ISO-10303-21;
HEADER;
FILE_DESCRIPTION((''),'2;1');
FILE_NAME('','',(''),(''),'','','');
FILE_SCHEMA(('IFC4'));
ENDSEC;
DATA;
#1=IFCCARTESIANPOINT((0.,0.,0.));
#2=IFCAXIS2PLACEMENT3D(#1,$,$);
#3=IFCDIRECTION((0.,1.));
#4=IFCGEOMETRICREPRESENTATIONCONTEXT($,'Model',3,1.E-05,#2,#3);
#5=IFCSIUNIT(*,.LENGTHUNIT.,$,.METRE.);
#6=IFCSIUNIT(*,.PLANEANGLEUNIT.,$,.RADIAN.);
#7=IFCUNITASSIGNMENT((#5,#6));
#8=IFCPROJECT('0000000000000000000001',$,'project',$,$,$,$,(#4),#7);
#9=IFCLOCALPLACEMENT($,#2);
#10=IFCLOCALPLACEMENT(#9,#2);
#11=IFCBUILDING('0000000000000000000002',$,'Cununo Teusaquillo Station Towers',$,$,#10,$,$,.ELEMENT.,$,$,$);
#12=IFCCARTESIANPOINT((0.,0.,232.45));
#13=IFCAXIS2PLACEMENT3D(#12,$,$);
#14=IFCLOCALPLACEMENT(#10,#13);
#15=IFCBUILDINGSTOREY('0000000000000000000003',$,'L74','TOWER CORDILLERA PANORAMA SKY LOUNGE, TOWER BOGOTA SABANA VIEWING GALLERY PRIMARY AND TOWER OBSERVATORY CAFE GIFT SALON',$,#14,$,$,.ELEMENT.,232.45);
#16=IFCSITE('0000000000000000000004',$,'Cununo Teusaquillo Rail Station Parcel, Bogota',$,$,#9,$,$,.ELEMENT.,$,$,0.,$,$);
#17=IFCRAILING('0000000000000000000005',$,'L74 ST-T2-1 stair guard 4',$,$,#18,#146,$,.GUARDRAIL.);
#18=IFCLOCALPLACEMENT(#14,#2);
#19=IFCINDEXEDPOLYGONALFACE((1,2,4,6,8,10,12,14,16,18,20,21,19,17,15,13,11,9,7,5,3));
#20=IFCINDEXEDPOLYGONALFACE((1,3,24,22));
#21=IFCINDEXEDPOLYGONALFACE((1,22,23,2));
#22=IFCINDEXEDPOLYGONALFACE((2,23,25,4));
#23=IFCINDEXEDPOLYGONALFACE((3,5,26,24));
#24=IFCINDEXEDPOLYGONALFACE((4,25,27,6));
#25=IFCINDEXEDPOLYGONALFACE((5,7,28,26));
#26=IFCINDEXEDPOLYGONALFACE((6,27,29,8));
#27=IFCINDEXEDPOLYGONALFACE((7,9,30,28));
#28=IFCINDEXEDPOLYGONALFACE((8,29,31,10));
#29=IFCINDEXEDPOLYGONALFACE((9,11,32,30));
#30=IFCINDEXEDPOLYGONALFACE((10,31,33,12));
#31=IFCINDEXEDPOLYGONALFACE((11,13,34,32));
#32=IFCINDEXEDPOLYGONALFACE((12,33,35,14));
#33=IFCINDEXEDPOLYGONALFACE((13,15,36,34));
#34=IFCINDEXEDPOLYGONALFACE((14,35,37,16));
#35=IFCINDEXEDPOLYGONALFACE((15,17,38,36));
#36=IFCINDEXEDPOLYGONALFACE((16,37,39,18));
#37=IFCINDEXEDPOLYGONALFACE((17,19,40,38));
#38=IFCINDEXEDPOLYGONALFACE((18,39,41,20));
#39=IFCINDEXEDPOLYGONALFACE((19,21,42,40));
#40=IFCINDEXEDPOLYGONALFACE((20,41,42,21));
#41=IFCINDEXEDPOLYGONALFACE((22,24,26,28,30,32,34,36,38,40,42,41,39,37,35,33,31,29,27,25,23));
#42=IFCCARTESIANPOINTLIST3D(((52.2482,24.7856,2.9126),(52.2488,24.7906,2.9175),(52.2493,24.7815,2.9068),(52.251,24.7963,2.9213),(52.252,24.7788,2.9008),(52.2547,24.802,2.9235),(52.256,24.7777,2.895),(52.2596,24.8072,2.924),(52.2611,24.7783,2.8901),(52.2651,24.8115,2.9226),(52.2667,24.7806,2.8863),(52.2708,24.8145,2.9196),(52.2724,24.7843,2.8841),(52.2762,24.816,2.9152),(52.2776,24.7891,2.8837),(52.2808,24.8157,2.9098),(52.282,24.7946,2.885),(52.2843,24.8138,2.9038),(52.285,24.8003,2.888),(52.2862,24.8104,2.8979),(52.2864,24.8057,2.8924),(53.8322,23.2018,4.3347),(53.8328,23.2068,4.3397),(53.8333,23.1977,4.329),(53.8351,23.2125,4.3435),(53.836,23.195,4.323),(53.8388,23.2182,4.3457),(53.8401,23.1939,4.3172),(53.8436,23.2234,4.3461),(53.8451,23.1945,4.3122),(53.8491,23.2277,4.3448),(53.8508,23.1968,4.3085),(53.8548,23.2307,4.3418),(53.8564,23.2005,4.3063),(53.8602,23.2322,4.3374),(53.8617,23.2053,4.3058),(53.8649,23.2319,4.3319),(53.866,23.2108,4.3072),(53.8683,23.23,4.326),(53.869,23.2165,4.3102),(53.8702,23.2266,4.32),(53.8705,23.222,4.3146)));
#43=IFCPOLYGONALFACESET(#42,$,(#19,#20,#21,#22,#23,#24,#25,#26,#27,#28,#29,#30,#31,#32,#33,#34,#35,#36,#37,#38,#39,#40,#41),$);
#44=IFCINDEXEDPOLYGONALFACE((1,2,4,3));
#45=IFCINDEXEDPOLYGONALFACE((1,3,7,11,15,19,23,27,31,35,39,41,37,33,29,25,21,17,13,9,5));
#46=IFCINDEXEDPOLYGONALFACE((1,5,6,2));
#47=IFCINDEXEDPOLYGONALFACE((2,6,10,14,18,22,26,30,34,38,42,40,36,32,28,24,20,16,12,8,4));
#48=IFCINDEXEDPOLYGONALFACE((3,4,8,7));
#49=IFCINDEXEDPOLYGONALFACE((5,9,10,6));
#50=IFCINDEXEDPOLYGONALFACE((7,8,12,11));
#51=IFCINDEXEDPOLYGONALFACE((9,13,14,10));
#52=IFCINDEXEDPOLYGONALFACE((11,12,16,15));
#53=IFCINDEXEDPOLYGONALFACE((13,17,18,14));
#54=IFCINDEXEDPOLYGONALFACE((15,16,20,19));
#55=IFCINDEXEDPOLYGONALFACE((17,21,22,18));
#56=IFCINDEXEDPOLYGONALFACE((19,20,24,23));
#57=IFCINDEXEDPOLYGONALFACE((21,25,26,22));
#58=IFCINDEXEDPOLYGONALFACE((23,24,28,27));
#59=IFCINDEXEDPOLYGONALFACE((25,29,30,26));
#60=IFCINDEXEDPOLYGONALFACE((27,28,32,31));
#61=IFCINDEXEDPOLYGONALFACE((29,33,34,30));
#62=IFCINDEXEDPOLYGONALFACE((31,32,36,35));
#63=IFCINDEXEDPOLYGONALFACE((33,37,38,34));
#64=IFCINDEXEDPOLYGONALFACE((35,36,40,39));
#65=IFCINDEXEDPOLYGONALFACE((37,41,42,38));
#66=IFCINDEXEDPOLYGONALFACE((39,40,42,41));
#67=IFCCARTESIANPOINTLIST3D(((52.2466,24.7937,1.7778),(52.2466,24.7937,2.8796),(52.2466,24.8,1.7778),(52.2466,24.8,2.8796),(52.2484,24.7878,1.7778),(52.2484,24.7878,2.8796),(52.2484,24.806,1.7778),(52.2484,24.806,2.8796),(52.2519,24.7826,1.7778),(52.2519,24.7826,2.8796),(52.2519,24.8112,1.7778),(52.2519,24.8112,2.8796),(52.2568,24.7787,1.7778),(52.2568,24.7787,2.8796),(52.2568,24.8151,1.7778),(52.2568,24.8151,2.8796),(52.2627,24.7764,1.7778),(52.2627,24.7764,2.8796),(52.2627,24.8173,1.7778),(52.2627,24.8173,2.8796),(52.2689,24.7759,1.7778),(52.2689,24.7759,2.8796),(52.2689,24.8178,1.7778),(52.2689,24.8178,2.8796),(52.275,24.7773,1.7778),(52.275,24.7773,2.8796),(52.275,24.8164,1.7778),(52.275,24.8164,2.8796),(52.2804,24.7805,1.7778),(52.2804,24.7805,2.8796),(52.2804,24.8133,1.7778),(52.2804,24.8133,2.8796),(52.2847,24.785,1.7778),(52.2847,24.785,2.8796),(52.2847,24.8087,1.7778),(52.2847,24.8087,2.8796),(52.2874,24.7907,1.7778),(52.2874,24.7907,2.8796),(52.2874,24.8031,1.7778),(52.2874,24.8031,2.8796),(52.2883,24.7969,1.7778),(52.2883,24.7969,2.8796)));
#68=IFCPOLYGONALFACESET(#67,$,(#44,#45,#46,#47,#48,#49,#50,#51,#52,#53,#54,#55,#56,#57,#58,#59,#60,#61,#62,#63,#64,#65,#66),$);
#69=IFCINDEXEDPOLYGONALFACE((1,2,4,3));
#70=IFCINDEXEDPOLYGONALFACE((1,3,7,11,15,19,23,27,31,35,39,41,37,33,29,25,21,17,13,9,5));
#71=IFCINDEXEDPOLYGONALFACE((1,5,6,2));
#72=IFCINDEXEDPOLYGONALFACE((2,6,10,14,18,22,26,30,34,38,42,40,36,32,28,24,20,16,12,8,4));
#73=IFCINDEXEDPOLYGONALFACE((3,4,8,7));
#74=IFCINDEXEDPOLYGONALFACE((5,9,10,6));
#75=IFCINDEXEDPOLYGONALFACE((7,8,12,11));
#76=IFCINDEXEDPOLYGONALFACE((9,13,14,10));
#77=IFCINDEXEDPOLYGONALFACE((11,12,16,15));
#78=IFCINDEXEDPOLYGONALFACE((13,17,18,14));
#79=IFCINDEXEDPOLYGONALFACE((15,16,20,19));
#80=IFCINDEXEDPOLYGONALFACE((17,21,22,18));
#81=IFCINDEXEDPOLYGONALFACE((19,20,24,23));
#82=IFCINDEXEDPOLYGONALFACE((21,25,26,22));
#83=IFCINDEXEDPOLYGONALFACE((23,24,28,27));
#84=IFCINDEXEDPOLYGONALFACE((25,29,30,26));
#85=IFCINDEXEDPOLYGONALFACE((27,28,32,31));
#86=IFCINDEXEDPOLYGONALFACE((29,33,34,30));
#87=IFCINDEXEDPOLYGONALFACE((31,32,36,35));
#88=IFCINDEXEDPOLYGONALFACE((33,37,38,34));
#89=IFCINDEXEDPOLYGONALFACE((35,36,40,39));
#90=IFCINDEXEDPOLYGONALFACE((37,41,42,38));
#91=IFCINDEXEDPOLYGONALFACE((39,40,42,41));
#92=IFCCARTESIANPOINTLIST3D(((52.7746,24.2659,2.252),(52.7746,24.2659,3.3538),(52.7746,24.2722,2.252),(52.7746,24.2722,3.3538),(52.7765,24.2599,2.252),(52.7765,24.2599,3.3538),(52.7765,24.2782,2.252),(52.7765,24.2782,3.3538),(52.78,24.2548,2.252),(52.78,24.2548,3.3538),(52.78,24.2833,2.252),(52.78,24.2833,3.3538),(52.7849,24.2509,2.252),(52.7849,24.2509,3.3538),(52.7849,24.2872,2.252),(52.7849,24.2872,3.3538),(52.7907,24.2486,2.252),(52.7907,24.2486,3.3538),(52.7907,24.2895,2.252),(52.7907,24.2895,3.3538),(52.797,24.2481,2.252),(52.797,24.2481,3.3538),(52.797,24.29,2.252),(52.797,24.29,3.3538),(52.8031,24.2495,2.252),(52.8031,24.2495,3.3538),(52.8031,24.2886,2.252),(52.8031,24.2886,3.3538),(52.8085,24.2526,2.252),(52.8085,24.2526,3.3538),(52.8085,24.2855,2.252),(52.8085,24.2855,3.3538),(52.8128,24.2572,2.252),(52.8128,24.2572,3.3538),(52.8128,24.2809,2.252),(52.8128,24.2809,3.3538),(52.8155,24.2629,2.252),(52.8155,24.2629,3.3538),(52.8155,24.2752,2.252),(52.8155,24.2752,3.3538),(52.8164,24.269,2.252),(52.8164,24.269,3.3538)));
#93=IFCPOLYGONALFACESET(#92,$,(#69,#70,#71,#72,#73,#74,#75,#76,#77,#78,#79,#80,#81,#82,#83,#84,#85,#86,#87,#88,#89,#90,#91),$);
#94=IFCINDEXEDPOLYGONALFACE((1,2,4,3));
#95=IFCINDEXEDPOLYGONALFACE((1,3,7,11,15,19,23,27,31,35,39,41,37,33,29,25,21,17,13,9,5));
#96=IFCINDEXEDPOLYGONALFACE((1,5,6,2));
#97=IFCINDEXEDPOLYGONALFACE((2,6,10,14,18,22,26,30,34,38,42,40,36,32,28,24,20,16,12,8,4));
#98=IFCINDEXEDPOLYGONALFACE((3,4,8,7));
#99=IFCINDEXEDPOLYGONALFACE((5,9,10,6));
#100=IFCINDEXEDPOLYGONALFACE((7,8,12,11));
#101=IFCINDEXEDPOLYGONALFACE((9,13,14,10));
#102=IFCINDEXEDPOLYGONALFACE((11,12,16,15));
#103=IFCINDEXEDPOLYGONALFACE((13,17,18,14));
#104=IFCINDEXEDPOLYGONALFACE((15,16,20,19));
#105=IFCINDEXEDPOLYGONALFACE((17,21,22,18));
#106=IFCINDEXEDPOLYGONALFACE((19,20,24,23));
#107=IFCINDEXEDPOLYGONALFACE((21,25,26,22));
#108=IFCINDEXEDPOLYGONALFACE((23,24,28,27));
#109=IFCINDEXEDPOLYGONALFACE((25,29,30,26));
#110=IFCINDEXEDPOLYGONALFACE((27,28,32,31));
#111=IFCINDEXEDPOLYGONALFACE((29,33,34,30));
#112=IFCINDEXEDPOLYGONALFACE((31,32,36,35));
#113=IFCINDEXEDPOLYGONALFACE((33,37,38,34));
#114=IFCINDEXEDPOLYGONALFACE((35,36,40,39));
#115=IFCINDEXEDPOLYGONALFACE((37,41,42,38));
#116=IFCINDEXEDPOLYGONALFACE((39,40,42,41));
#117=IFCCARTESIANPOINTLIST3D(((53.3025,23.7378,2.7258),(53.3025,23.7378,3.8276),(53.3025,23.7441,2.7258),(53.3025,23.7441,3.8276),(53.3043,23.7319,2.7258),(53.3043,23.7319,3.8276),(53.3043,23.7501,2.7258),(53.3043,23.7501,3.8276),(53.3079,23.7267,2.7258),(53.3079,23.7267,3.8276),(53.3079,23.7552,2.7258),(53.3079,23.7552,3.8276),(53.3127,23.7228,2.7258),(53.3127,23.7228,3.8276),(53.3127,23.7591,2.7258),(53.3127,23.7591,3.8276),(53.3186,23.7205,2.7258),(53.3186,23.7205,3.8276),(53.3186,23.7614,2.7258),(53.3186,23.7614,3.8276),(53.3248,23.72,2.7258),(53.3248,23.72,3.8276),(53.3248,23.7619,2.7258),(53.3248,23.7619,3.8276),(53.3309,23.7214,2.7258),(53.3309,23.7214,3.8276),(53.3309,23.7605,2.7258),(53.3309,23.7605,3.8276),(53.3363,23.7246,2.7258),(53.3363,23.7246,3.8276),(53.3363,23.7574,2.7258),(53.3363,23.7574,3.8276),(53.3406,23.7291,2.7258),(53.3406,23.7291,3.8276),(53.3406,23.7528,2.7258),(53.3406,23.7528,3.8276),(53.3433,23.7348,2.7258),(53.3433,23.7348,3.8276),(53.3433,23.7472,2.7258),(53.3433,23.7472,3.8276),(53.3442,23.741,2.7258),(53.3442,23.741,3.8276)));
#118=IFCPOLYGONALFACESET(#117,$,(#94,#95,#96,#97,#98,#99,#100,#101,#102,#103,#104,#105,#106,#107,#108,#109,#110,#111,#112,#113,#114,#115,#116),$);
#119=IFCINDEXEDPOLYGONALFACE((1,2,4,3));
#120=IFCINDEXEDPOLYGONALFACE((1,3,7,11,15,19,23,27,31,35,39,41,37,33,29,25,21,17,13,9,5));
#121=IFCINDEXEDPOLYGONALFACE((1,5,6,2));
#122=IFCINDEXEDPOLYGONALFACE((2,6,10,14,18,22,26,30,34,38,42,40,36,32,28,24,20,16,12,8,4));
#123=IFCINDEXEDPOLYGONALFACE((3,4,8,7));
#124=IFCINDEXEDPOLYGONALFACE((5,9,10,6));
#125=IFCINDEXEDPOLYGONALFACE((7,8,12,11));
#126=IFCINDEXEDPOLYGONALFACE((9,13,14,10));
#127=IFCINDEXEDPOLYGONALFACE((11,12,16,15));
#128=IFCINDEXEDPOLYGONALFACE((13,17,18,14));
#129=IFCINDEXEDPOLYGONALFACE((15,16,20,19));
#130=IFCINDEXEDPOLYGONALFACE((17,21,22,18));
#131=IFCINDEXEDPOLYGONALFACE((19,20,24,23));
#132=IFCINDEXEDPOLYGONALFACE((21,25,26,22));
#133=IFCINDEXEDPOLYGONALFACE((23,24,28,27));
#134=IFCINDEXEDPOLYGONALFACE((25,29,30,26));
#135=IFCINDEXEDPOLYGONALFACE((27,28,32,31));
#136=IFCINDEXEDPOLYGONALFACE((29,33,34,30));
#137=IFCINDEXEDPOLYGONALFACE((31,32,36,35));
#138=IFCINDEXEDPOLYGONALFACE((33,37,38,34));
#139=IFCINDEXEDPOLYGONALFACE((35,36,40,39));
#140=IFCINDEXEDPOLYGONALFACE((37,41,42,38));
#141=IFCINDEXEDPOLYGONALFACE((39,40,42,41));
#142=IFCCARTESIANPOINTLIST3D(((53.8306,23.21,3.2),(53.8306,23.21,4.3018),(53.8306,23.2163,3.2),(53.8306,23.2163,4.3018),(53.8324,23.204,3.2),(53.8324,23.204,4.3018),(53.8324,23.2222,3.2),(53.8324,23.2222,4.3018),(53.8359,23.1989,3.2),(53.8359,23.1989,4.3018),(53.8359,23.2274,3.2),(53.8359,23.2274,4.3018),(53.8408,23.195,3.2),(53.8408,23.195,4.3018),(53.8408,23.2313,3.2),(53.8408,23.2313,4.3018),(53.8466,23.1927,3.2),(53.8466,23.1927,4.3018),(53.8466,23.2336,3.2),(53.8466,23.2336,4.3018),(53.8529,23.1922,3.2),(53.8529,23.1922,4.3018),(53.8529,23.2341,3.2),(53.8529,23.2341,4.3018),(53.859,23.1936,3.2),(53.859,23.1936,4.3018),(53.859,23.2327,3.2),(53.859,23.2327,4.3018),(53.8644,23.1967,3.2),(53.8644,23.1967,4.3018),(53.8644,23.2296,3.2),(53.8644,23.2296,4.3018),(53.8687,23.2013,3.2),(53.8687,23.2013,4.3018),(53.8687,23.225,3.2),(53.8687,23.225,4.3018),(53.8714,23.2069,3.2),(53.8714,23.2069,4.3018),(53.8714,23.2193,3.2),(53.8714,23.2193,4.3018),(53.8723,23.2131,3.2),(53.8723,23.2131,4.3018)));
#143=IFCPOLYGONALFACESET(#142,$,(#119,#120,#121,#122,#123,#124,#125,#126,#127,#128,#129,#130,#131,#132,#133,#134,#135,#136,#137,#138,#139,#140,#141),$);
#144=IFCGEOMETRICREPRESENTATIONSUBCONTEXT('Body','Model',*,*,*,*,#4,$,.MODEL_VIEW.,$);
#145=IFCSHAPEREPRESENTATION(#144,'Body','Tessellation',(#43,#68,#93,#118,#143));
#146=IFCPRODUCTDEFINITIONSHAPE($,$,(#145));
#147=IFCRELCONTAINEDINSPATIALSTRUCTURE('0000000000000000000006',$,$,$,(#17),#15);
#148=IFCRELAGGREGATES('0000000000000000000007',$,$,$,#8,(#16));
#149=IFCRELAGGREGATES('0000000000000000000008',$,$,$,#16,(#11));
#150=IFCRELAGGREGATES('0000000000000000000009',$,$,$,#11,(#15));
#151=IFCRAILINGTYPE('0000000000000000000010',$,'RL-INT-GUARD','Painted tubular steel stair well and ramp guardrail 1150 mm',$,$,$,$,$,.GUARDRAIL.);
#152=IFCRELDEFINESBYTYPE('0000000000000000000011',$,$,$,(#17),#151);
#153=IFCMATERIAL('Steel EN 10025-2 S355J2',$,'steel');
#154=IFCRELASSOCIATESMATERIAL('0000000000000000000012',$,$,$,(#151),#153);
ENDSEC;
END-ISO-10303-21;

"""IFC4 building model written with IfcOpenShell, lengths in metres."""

from ifc_helpers import new_model, si_unit, direction, frame, origin, origin_2d, place, context, subcontext, project, spatial, circle, extrude, material, type_object, element, save


model = new_model("IFC4")

# Units and contexts
model_context = context("Model", 3, precision=1e-05, world=origin(), true_north=direction((0.0, 1.0)))
body_context = subcontext(model_context, "Body", "Model", "MODEL_VIEW")
ifc_project = project(units=[si_unit("LENGTHUNIT", "METRE"), si_unit("PLANEANGLEUNIT", "RADIAN")], contexts=[model_context])

# Site, building, storey
site_placement = place(None, origin())
site = spatial("IfcSite", under=ifc_project, at=site_placement, Name="Cununo Teusaquillo Rail Station Parcel, Bogota", CompositionType="ELEMENT", RefElevation=0.0)
building_placement = place(site_placement, origin())
building = spatial("IfcBuilding", under=site, at=building_placement, Name="Cununo Teusaquillo Station Towers", CompositionType="ELEMENT")
storey_placement = place(building_placement, frame((0.0, 0.0, 232.45)))
storey = spatial("IfcBuildingStorey", under=building, at=storey_placement, Name="L74", Description="TOWER CORDILLERA PANORAMA SKY LOUNGE, TOWER BOGOTA SABANA VIEWING GALLERY PRIMARY AND TOWER OBSERVATORY CAFE GIFT SALON", CompositionType="ELEMENT", Elevation=232.45)

# Railing
ifc_material_1 = material(Name="Steel EN 10025-2 S355J2", Category="steel")
railing_type = type_object("IfcRailingType", Name="RL-INT-GUARD", Description="Painted tubular steel stair well and ramp guardrail 1150 mm", PredefinedType="GUARDRAIL", material=ifc_material_1)
railing_1_placement = place(storey_placement, frame((52.2673, 24.7969, 1.7778)))
element("IfcRailing", 1, at=railing_1_placement, inside=storey, type_object=railing_type, Name="L74 ST-T2-1 stair guard 4", PredefinedType="GUARDRAIL", context=body_context, shape_type="SweptSolid", body=[
    extrude(circle(Radius=0.0239, at=origin_2d()), frame((0.0, 0.0, 1.126), z_axis=(0.597001, -0.596909, 0.535994), x_axis=(0.707052, 0.707161, 0.0)), (0.0, 0.0, 1.0), 2.6533),
    extrude(circle(Radius=0.021, at=origin_2d()), origin(), (0.0, 0.0, 1.0), 1.1018),
    extrude(circle(Radius=0.021, at=origin_2d()), frame((0.5281, -0.5278, 0.4741)), (0.0, 0.0, 1.0), 1.1018),
    extrude(circle(Radius=0.021, at=origin_2d()), frame((1.0559, -1.0559, 0.948)), (0.0, 0.0, 1.0), 1.1018),
    extrude(circle(Radius=0.021, at=origin_2d()), frame((1.584, -1.5837, 1.4221)), (0.0, 0.0, 1.0), 1.1018),
])

save(model, "model.ifc")
